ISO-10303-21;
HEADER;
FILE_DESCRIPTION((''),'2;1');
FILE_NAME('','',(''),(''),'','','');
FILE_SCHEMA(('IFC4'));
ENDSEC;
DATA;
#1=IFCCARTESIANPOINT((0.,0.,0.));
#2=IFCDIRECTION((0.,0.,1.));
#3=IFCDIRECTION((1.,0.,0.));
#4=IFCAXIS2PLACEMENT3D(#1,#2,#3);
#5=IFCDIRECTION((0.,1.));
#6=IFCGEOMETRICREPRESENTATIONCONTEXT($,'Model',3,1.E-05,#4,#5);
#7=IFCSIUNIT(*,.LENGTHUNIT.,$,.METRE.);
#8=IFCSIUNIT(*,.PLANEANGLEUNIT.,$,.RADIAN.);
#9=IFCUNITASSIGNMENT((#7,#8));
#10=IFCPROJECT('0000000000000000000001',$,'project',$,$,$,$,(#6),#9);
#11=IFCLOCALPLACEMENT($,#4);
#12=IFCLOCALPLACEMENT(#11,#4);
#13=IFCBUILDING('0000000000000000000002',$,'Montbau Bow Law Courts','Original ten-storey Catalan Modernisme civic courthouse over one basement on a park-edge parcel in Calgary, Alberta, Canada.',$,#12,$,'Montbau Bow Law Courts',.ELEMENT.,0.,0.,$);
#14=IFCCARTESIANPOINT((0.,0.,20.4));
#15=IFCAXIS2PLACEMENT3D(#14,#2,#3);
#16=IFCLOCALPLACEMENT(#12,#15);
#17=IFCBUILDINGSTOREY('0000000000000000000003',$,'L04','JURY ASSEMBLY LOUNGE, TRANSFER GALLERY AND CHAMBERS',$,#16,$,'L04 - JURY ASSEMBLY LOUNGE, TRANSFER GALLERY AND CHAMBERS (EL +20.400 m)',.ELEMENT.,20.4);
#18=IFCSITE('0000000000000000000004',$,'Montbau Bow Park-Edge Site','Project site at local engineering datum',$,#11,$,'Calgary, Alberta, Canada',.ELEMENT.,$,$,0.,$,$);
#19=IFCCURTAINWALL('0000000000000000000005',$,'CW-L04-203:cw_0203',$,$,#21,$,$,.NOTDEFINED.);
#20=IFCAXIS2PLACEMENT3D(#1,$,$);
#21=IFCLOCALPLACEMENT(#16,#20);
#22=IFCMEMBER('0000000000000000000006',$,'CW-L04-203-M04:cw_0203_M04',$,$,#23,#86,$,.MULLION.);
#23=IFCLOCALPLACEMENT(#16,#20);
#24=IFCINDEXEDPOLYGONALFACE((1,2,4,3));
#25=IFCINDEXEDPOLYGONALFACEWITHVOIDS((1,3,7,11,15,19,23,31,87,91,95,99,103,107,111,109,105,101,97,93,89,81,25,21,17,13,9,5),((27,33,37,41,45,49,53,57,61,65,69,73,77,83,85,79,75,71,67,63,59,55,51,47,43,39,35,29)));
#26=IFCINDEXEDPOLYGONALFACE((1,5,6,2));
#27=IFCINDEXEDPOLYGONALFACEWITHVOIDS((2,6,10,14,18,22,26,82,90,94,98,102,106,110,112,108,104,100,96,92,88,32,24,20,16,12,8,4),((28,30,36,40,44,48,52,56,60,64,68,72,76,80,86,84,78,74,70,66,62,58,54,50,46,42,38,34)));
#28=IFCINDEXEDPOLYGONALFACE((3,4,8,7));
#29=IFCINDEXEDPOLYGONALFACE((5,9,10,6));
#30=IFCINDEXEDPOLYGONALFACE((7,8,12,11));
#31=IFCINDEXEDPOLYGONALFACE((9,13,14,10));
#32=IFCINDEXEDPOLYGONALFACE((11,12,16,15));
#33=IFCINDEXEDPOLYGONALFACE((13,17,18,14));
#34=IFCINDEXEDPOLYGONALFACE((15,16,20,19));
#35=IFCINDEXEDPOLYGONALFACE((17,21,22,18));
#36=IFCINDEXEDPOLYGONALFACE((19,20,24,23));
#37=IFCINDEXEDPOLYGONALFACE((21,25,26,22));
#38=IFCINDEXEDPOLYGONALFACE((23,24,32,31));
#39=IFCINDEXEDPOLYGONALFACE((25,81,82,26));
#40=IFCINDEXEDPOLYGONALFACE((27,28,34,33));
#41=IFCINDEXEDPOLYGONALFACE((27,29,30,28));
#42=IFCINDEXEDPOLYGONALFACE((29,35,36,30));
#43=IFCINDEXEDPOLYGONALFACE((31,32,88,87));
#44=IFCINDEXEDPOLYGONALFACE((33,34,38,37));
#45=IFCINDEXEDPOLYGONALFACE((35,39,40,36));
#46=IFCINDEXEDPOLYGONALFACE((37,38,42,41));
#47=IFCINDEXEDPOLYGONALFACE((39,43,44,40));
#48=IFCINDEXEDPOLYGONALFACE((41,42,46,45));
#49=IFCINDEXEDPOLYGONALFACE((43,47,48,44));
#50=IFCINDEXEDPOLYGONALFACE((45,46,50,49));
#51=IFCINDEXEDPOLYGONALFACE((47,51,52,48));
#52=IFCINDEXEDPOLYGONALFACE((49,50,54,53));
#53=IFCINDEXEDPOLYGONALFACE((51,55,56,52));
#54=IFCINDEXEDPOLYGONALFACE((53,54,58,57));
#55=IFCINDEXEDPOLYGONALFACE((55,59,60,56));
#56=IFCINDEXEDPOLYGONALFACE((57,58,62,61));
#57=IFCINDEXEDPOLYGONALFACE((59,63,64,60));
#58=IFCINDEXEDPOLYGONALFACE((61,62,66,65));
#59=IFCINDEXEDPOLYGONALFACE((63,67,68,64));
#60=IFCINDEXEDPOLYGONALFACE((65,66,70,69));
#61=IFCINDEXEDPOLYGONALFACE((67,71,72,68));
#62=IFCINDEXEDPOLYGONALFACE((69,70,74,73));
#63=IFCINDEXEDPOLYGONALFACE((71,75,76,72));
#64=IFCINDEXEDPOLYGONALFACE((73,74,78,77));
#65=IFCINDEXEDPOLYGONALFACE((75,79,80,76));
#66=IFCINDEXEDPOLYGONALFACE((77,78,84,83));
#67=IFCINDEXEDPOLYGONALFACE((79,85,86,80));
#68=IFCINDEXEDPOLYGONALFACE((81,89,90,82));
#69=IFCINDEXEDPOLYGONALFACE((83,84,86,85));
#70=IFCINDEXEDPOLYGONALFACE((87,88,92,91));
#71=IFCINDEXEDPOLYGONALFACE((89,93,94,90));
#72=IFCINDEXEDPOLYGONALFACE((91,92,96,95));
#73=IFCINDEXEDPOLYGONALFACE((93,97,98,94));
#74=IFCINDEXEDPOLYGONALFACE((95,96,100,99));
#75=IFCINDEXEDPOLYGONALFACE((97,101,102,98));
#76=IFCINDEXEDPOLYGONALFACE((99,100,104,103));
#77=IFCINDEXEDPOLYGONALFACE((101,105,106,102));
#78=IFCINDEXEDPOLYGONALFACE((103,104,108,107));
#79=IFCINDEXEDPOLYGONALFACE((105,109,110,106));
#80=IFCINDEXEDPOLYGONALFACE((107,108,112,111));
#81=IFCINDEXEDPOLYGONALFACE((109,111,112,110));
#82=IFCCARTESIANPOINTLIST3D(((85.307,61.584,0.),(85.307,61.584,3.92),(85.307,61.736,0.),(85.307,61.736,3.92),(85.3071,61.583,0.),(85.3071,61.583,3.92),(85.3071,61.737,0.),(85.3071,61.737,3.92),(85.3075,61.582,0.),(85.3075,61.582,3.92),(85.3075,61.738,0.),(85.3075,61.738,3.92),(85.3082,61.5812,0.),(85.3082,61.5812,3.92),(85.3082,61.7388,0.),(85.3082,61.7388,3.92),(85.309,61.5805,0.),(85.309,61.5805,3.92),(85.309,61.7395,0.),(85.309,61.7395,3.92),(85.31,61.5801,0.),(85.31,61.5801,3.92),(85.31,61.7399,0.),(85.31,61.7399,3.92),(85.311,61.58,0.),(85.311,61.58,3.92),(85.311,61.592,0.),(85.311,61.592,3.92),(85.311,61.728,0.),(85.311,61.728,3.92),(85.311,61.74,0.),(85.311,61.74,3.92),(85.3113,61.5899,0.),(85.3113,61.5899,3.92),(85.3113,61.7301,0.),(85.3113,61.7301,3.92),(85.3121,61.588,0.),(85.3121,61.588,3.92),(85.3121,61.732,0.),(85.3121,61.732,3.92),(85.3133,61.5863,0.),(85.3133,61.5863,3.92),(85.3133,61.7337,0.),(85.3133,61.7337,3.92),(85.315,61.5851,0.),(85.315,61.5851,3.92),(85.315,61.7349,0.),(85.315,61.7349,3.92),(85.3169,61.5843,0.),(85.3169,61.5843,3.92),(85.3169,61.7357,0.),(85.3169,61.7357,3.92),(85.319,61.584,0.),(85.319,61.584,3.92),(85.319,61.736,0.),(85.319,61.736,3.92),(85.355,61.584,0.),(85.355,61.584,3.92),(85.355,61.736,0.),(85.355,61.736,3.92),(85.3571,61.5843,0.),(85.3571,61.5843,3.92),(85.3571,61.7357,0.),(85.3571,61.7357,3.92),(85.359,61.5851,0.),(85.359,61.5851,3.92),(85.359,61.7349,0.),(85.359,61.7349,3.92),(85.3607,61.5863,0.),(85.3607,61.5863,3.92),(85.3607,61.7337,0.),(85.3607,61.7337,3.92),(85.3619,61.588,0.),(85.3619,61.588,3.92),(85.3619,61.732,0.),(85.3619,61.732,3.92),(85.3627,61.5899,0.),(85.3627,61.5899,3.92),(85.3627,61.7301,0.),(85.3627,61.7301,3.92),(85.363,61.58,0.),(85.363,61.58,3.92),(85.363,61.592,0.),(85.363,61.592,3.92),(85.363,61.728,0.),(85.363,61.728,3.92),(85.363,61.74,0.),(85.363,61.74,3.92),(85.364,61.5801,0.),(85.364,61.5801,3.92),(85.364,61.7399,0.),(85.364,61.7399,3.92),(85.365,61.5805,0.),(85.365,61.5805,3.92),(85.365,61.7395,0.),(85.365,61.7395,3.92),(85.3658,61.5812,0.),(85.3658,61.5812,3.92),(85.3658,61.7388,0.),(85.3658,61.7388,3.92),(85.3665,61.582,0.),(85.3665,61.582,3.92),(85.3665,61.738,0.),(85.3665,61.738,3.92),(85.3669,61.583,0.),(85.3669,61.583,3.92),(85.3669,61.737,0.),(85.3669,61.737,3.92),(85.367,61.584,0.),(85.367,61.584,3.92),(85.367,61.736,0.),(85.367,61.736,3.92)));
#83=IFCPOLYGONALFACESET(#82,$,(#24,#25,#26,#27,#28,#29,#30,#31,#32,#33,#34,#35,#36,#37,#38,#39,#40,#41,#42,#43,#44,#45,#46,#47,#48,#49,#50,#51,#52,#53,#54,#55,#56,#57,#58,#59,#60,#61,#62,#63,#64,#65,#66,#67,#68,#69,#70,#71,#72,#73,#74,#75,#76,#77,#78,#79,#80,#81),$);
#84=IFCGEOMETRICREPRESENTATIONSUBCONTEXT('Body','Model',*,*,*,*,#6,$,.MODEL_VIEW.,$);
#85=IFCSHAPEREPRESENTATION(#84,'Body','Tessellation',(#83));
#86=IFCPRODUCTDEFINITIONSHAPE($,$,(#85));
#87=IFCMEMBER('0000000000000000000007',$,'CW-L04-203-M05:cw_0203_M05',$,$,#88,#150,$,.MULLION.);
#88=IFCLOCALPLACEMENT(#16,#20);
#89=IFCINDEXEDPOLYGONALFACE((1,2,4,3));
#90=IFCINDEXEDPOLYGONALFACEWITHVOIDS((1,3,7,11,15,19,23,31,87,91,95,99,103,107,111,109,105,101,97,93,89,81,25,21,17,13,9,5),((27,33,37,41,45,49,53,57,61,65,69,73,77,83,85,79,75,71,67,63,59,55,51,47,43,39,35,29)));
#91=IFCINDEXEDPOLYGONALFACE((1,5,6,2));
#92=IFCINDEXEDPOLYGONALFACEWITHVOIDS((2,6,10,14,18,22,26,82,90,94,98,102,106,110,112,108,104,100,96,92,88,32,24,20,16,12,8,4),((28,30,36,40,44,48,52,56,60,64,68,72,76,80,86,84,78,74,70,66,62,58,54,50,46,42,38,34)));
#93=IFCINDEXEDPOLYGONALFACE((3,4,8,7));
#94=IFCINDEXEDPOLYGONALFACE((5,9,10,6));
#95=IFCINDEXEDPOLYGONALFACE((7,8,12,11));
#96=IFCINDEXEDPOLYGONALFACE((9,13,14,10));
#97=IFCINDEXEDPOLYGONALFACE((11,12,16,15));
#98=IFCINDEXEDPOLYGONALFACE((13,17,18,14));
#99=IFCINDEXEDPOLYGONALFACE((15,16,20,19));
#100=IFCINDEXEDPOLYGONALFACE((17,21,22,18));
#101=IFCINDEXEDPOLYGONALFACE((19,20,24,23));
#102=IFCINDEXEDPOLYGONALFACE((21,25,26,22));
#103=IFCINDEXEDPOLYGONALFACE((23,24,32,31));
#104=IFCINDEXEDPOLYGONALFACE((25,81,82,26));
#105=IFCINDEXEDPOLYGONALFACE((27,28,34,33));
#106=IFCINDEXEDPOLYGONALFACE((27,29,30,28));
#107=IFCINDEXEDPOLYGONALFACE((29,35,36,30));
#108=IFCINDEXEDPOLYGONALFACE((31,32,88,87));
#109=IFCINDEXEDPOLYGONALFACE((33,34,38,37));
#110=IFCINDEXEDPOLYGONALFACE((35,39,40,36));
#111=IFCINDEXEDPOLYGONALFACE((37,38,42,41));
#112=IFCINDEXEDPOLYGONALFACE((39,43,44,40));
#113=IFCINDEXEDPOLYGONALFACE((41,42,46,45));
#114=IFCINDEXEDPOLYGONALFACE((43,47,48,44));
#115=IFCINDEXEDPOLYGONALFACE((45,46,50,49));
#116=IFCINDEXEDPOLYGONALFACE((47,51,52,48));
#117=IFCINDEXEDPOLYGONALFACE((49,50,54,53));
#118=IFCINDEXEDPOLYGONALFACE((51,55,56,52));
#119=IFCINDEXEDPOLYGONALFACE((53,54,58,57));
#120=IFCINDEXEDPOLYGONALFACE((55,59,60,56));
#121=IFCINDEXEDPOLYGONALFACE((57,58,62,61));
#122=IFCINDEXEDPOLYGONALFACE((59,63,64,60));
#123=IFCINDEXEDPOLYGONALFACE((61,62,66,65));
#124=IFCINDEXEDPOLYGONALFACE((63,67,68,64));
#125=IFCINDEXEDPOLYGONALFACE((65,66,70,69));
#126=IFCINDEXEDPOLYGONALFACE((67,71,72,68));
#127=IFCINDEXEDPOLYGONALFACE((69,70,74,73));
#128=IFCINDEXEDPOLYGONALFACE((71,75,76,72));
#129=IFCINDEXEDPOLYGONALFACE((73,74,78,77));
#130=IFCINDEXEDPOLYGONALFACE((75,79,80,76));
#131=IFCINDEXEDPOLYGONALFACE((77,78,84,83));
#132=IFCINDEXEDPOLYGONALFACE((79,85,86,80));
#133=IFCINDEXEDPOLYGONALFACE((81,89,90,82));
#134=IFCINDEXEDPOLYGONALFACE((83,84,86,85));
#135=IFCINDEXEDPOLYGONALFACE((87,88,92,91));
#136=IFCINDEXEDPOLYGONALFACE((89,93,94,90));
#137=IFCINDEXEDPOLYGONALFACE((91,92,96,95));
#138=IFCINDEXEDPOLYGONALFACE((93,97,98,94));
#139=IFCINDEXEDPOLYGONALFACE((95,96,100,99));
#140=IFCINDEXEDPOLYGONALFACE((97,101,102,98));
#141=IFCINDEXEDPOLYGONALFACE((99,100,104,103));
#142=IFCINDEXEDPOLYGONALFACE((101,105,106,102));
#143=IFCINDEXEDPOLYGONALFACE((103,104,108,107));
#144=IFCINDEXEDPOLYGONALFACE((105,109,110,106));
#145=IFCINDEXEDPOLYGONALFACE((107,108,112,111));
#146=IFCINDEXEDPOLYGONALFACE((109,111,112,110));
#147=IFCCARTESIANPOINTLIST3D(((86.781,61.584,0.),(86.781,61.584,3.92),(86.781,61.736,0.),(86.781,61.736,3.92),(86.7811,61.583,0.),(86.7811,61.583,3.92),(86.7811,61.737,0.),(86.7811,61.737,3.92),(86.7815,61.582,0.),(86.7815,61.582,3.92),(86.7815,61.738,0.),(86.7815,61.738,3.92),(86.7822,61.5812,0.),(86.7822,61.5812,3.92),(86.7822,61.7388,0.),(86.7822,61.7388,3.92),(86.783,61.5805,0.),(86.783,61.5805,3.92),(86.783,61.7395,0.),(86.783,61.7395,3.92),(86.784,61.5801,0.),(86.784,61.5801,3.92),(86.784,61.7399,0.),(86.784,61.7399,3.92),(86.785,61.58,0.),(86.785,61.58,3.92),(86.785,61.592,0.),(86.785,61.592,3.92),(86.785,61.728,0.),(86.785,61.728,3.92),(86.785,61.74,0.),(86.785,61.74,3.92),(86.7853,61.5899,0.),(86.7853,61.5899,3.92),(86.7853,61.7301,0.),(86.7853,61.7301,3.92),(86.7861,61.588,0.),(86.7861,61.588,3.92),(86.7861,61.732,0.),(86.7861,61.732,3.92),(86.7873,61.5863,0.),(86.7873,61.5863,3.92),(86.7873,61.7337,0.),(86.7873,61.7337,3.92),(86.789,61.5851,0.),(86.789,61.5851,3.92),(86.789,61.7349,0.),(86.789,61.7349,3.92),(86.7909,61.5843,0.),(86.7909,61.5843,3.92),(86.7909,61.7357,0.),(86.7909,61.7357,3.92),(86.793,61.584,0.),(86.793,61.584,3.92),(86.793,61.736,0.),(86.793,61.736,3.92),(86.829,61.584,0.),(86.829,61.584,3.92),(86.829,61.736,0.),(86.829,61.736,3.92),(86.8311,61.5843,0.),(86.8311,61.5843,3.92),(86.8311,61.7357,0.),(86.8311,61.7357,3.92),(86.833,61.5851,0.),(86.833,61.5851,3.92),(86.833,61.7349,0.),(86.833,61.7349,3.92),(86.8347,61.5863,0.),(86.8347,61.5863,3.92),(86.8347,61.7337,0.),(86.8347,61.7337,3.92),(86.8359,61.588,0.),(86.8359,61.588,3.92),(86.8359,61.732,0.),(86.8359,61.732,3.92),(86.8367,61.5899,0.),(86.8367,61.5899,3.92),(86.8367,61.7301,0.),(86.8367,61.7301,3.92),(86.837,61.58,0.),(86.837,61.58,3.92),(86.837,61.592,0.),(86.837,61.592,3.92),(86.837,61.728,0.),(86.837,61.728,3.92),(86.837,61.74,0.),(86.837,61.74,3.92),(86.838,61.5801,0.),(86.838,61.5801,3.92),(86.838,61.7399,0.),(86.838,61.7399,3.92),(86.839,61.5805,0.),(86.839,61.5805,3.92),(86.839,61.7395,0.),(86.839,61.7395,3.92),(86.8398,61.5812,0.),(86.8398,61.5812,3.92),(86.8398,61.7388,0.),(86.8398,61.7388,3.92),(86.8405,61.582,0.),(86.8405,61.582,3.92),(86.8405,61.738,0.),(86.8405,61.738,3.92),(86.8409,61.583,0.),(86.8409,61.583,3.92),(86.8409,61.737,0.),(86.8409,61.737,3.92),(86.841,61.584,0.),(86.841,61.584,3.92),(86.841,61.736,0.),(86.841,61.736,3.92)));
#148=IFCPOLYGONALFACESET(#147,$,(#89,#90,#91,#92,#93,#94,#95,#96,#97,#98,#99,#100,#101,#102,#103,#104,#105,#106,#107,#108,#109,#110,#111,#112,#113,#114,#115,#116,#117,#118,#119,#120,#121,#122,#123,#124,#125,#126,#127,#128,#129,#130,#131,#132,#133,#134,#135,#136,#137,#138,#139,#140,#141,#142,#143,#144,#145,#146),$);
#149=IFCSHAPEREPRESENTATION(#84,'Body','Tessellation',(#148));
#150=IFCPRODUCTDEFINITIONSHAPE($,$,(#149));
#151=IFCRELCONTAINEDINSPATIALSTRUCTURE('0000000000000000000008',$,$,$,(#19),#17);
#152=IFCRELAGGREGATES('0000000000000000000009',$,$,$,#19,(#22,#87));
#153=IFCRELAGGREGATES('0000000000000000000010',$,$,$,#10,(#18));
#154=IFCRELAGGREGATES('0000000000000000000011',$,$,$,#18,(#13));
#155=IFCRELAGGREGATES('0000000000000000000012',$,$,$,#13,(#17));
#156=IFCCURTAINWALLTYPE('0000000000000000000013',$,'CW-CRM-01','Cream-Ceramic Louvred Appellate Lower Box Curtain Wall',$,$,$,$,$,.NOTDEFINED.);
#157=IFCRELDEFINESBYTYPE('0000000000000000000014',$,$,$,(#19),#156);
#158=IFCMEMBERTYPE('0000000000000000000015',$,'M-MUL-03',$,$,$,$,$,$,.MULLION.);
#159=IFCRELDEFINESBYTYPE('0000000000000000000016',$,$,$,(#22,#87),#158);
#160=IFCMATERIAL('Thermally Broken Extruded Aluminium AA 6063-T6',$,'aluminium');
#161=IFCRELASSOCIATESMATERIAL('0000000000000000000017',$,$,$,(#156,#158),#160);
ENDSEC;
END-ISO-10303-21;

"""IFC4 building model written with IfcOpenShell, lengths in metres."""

from ifc_helpers import new_model, si_unit, direction, frame, origin_with_axes, origin_2d_with_axis, place, context, subcontext, project, spatial, hollow_rectangle, extrude, material, material_profile, profile_set, type_object, element, aggregate, save


model = new_model("IFC4")

# Units and contexts
model_context = context("Model", 3, precision=1e-05, world=origin_with_axes(), true_north=direction((0.0, 1.0)))
body_context = subcontext(model_context, "Body", "Model", "MODEL_VIEW")
ifc_project = project(units=[si_unit("LENGTHUNIT", "METRE"), si_unit("PLANEANGLEUNIT", "RADIAN")], contexts=[model_context])

# Site, building, storey
site_placement = place(None, origin_with_axes())
site = spatial("IfcSite", under=ifc_project, at=site_placement, Name="Montbau Bow Park-Edge Site", Description="Project site at local engineering datum", LongName="Calgary, Alberta, Canada", CompositionType="ELEMENT", RefElevation=0.0)
building_placement = place(site_placement, origin_with_axes())
building = spatial("IfcBuilding", under=site, at=building_placement, Name="Montbau Bow Law Courts", Description="Original ten-storey Catalan Modernisme civic courthouse over one basement on a park-edge parcel in Calgary, Alberta, Canada.", LongName="Montbau Bow Law Courts", CompositionType="ELEMENT", ElevationOfRefHeight=0.0, ElevationOfTerrain=0.0)
storey_placement = place(building_placement, frame((0.0, 0.0, 20.4), z_axis=(0.0, 0.0, 1.0), x_axis=(1.0, 0.0, 0.0)))
storey = spatial("IfcBuildingStorey", under=building, at=storey_placement, Name="L04", Description="JURY ASSEMBLY LOUNGE, TRANSFER GALLERY AND CHAMBERS", LongName="L04 - JURY ASSEMBLY LOUNGE, TRANSFER GALLERY AND CHAMBERS (EL +20.400 m)", CompositionType="ELEMENT", Elevation=20.4)

# Shared definitions
ifc_material_1 = material(Name="Thermally Broken Extruded Aluminium AA 6063-T6", Category="aluminium")
curtain_wall_type = type_object("IfcCurtainWallType", Name="CW-CRM-01", Description="Cream-Ceramic Louvred Appellate Lower Box Curtain Wall", PredefinedType="NOTDEFINED", material=ifc_material_1)

# Curtain wall, members
curtain_wall_1_placement = place(None, frame((80.915, 61.66, 20.4), z_axis=(0.0, 0.0, 1.0), x_axis=(1.0, 0.0, 0.0)))
curtain_wall_1 = element("IfcCurtainWall", 1, at=curtain_wall_1_placement, inside=storey, type_object=curtain_wall_type, Name="CW-L04-203:cw_0203", PredefinedType="NOTDEFINED")
ifc_material_profile_1 = material_profile(ifc_material_1, hollow_rectangle(XDim=0.06, YDim=0.16, WallThickness=0.004, InnerFilletRadius=0.008, OuterFilletRadius=0.004, at=origin_2d_with_axis()), Name="CWM-160X60", Category="Main", Priority=0)
ifc_profile_set_1 = profile_set([ifc_material_profile_1], Name="Thermally Broken Extruded Aluminium AA 6063-T6")
member_type_1 = type_object("IfcMemberType", Name="M-MUL-03", PredefinedType="MULLION", material=ifc_profile_set_1)
member_1_placement = place(None, frame((85.337, 61.66, 20.4), z_axis=(0.0, 0.0, 1.0), x_axis=(1.0, 0.0, 0.0)))
member_1 = element("IfcMember", 2, at=member_1_placement, type_object=member_type_1, Name="CW-L04-203-M04:cw_0203_M04", PredefinedType="MULLION", context=body_context, shape_type="SweptSolid", body=[
    extrude(hollow_rectangle(XDim=0.06, YDim=0.16, WallThickness=0.004, InnerFilletRadius=0.008, OuterFilletRadius=0.004, at=origin_2d_with_axis()), origin_with_axes(), (0.0, 0.0, 1.0), 3.92),
])
member_2_placement = place(None, frame((86.811, 61.66, 20.4), z_axis=(0.0, 0.0, 1.0), x_axis=(1.0, 0.0, 0.0)))
member_2 = element("IfcMember", 3, at=member_2_placement, type_object=member_type_1, Name="CW-L04-203-M05:cw_0203_M05", PredefinedType="MULLION", context=body_context, shape_type="SweptSolid", body=[
    extrude(hollow_rectangle(XDim=0.06, YDim=0.16, WallThickness=0.004, InnerFilletRadius=0.008, OuterFilletRadius=0.004, at=origin_2d_with_axis()), origin_with_axes(), (0.0, 0.0, 1.0), 3.92),
])

aggregate(curtain_wall_1, [member_1, member_2])

save(model, "model.ifc")
